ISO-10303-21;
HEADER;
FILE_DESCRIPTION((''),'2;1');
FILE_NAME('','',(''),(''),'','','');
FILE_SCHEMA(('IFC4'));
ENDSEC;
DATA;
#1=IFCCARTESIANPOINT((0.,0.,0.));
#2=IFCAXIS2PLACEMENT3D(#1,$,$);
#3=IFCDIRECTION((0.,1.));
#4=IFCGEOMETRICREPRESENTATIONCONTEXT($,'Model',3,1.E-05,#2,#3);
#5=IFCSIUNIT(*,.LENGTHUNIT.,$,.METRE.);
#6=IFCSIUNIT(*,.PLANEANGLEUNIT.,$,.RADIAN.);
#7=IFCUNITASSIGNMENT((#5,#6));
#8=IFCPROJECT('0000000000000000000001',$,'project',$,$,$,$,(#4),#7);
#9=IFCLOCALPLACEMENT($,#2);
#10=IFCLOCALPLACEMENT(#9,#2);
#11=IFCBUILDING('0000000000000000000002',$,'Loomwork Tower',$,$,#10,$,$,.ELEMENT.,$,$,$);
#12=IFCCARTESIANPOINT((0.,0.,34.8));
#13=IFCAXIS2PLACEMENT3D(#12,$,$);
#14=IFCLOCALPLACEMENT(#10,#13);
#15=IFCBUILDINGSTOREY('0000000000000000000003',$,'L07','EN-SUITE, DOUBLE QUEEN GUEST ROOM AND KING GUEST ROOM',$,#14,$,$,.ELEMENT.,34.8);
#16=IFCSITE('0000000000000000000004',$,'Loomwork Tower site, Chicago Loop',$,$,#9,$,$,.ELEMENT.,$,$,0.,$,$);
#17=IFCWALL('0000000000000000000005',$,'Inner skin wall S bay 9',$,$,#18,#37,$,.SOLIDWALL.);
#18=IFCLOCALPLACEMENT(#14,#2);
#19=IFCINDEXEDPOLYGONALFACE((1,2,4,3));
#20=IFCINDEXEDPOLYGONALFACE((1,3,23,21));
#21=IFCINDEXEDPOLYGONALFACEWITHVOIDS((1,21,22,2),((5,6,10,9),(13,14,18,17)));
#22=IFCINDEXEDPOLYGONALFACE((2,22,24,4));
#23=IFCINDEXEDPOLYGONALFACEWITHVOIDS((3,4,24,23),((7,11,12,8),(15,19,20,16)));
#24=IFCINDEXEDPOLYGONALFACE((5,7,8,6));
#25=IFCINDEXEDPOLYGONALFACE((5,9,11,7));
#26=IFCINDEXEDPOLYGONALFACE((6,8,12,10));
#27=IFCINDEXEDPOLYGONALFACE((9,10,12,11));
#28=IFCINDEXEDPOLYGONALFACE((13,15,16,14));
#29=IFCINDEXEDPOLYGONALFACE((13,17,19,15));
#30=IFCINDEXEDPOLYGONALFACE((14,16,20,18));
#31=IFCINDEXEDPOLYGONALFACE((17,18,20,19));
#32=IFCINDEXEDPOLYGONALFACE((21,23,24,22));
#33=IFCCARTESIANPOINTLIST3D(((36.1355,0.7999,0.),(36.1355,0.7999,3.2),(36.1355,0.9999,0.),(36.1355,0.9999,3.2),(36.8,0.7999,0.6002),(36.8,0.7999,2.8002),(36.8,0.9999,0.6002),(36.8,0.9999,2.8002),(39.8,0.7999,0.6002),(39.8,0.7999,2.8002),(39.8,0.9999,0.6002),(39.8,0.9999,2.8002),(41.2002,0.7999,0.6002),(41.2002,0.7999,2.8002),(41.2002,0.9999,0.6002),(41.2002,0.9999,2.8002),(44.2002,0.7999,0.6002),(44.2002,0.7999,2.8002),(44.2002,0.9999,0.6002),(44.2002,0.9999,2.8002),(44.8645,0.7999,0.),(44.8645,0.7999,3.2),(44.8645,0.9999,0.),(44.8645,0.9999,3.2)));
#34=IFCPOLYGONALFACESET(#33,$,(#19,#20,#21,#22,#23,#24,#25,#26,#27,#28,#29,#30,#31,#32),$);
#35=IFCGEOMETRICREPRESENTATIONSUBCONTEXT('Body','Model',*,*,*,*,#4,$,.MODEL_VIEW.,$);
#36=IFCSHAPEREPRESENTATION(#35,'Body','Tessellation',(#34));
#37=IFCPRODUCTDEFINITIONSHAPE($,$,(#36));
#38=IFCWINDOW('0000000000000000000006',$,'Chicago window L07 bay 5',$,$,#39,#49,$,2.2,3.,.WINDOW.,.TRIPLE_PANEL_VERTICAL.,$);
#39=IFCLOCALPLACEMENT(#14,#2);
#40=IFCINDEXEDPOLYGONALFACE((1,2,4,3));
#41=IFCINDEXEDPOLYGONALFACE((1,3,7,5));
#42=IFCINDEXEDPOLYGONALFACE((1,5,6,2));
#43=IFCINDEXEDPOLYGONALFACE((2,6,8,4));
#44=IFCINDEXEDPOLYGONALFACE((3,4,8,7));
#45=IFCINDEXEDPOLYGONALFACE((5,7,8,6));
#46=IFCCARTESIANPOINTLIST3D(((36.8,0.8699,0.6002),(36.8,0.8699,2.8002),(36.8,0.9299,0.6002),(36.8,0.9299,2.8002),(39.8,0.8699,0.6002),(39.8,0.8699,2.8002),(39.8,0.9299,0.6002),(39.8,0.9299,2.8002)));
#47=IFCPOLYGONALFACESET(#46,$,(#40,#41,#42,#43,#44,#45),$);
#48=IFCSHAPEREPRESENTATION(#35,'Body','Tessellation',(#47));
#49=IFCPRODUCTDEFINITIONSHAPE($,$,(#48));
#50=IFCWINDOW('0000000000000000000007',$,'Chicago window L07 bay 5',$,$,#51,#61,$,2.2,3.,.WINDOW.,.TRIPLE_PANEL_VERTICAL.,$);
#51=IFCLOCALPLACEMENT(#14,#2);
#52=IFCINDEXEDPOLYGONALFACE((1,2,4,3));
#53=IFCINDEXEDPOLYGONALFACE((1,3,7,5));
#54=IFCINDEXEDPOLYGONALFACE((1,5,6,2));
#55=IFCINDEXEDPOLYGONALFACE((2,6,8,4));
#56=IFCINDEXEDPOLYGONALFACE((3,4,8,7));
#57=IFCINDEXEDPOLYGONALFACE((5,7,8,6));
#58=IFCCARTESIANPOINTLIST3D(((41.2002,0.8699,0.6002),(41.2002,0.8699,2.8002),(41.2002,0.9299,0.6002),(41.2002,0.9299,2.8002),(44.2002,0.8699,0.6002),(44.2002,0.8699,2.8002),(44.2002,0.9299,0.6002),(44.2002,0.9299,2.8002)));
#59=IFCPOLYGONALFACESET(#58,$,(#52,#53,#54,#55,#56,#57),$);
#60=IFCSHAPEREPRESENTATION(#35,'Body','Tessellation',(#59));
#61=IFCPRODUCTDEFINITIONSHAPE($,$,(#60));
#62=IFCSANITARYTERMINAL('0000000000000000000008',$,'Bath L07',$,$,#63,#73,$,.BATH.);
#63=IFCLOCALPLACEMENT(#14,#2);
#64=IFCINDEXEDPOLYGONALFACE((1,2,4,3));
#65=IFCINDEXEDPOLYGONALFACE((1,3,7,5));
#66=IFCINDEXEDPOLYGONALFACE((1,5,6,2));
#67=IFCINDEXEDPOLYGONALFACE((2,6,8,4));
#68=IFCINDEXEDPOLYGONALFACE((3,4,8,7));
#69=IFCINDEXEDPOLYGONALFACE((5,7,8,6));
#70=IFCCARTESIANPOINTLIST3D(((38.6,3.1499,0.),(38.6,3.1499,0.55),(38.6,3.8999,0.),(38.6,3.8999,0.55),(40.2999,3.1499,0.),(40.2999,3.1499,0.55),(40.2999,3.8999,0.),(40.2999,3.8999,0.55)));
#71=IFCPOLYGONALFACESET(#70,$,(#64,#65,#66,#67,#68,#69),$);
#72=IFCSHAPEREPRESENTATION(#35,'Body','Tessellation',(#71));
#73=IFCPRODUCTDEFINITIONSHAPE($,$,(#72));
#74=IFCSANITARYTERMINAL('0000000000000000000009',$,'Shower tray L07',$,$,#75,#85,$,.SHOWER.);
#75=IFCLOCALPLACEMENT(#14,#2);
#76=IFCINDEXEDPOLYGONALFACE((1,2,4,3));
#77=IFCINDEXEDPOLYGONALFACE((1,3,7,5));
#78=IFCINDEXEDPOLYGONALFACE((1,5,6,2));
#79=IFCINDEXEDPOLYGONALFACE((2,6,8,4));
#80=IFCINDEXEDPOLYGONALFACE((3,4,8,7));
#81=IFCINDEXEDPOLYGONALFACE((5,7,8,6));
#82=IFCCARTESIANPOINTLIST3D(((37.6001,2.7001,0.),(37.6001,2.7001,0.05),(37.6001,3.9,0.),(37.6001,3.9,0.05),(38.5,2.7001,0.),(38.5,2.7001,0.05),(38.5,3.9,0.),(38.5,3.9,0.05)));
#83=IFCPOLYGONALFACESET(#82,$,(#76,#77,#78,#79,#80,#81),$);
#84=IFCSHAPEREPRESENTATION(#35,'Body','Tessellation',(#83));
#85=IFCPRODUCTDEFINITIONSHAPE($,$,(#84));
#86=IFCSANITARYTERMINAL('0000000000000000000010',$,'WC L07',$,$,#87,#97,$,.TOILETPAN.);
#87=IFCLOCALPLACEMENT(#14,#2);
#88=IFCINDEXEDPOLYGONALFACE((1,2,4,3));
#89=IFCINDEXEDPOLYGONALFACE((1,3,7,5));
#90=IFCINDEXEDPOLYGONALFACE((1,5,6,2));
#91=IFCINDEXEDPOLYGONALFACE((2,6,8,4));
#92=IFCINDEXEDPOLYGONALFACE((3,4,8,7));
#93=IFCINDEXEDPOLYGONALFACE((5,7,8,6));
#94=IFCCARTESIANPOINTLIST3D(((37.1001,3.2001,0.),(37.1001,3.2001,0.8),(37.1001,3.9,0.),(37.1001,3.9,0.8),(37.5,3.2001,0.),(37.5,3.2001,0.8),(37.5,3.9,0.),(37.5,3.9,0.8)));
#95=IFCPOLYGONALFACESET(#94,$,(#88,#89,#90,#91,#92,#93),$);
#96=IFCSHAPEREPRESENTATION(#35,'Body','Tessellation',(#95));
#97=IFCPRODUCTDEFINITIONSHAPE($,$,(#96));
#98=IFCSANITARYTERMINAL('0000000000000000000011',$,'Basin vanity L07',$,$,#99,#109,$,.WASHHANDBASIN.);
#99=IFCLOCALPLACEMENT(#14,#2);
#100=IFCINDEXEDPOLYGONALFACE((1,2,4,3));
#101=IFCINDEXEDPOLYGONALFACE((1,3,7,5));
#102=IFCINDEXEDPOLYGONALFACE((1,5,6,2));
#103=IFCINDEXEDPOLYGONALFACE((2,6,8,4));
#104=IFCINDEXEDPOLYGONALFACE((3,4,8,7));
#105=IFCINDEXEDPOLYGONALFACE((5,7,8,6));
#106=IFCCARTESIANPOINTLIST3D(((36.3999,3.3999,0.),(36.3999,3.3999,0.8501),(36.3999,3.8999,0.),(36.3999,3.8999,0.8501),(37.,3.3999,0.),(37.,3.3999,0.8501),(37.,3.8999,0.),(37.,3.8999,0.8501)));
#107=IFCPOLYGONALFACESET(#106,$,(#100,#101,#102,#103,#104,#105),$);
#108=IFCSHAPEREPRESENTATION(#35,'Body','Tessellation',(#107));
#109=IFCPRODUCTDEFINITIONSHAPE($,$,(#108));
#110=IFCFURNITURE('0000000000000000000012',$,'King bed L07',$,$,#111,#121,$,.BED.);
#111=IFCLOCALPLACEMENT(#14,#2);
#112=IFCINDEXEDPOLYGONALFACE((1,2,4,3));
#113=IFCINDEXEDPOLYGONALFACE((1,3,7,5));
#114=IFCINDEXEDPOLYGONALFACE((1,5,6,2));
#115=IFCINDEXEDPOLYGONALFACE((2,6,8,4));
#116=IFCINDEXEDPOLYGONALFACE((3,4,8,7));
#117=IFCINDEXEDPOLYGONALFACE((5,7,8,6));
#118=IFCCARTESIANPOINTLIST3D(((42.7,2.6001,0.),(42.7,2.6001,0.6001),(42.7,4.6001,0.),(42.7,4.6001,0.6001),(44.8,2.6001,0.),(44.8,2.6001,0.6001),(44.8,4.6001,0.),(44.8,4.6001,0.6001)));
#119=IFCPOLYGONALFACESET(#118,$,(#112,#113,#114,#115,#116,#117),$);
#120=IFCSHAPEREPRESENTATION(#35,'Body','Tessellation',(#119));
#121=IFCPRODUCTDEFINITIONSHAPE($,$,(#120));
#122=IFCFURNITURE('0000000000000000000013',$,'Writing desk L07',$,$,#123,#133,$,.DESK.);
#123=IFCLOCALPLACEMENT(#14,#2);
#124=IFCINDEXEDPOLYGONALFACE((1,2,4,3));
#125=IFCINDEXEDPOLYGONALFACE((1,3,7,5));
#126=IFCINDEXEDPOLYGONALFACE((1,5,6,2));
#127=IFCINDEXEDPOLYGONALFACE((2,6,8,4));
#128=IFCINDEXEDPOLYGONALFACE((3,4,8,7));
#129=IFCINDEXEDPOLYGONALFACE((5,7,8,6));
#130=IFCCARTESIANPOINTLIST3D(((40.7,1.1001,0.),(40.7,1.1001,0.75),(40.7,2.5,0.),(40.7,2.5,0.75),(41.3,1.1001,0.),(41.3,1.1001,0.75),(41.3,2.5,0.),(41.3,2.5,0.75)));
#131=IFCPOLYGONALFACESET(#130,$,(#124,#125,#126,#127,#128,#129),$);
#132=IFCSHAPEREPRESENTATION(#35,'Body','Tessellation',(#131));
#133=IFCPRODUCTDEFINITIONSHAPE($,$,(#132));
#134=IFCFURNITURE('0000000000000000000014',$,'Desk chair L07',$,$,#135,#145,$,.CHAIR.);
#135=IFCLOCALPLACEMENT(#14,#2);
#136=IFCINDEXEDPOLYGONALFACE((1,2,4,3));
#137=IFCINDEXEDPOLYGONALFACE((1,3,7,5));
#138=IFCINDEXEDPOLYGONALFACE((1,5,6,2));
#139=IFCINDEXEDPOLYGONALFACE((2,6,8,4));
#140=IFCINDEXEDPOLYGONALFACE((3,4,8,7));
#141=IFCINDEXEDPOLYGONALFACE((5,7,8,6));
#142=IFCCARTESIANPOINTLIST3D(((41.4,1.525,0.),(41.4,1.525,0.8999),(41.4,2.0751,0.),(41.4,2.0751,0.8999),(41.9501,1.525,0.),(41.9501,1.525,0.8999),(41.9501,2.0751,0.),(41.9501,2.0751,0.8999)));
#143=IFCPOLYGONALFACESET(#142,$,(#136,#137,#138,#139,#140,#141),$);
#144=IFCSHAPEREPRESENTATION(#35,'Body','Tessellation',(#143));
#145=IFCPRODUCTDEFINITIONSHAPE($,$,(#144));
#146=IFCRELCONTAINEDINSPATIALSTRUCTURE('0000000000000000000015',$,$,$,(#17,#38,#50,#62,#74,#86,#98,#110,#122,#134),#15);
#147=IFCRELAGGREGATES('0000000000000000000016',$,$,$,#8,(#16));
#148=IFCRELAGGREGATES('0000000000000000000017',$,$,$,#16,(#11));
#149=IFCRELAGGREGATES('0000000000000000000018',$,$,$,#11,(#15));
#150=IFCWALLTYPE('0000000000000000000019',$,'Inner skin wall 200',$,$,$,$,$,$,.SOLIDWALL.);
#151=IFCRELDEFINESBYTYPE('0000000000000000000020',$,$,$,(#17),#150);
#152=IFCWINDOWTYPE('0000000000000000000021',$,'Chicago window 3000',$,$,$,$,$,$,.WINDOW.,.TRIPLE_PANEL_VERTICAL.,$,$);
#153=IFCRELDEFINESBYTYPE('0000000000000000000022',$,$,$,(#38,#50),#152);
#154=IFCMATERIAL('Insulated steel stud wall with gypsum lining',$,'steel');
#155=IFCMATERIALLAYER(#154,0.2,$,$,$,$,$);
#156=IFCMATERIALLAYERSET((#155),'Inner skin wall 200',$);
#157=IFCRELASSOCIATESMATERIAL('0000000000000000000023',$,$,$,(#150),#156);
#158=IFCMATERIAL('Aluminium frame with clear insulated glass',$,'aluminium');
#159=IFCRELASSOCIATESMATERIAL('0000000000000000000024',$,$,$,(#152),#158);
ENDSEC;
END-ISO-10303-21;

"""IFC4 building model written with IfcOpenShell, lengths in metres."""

from ifc_helpers import new_model, si_unit, direction, frame, frame_2d, origin, origin_2d, place, context, subcontext, project, spatial, rectangle, extrude, material, layer, layer_set, type_object, element, fill, save


model = new_model("IFC4")

# Units and contexts
model_context = context("Model", 3, precision=1e-05, world=origin(), true_north=direction((0.0, 1.0)))
body_context = subcontext(model_context, "Body", "Model", "MODEL_VIEW")
ifc_project = project(units=[si_unit("LENGTHUNIT", "METRE"), si_unit("PLANEANGLEUNIT", "RADIAN")], contexts=[model_context])

# Site, building, storey
site_placement = place(None, origin())
site = spatial("IfcSite", under=ifc_project, at=site_placement, Name="Loomwork Tower site, Chicago Loop", CompositionType="ELEMENT", RefElevation=0.0)
building_placement = place(site_placement, origin())
building = spatial("IfcBuilding", under=site, at=building_placement, Name="Loomwork Tower", CompositionType="ELEMENT")
storey_placement = place(building_placement, frame((0.0, 0.0, 34.8)))
storey = spatial("IfcBuildingStorey", under=building, at=storey_placement, Name="L07", Description="EN-SUITE, DOUBLE QUEEN GUEST ROOM AND KING GUEST ROOM", CompositionType="ELEMENT", Elevation=34.8)

# Wall, openings, windows
ifc_material_1 = material(Name="Insulated steel stud wall with gypsum lining", Category="steel")
ifc_layer_1 = layer(ifc_material_1, 0.2)
ifc_layer_set_1 = layer_set([ifc_layer_1], Name="Inner skin wall 200")
wall_type_1 = type_object("IfcWallType", Name="Inner skin wall 200", PredefinedType="SOLIDWALL", material=ifc_layer_set_1)
wall_1_placement = place(storey_placement, frame((36.1355, 0.8999, 0.0), z_axis=(0.0, 0.0, 1.0), x_axis=(1.0, 0.0, 0.0)))
wall_1 = element("IfcWall", 1, at=wall_1_placement, inside=storey, type_object=wall_type_1, Name="Inner skin wall S bay 9", PredefinedType="SOLIDWALL", context=body_context, shape_type="SweptSolid", body=[
    extrude(rectangle(XDim=8.729, YDim=0.2, at=frame_2d((4.3645, 0.0))), origin(), (0.0, 0.0, 1.0), 3.2),
])
opening_1_placement = place(wall_1_placement, frame((0.6646, 0.0, 0.6001)))
opening_1 = element("IfcOpeningElement", 2, at=opening_1_placement, cuts=wall_1, PredefinedType="OPENING", context=body_context, shape_type="SweptSolid", body=[
    extrude(rectangle(XDim=3.0, YDim=2.2, at=frame_2d((1.5, 1.1001))), frame((0.0, 0.1099, 0.0), z_axis=(0.0, -1.0, 0.0), x_axis=(1.0, 0.0, 0.0)), (0.0, 0.0, 1.0), 0.22),
])
opening_2_placement = place(wall_1_placement, frame((5.0647, 0.0, 0.6001)))
opening_2 = element("IfcOpeningElement", 3, at=opening_2_placement, cuts=wall_1, PredefinedType="OPENING", context=body_context, shape_type="SweptSolid", body=[
    extrude(rectangle(XDim=3.0, YDim=2.2, at=frame_2d((1.5, 1.1001))), frame((0.0, 0.1099, 0.0), z_axis=(0.0, -1.0, 0.0), x_axis=(1.0, 0.0, 0.0)), (0.0, 0.0, 1.0), 0.22),
])
ifc_material_2 = material(Name="Aluminium frame with clear insulated glass", Category="aluminium")
window_type = type_object("IfcWindowType", Name="Chicago window 3000", PartitioningType="TRIPLE_PANEL_VERTICAL", PredefinedType="WINDOW", material=ifc_material_2)
window_1_placement = place(opening_1_placement, origin())
window_1 = element("IfcWindow", 4, at=window_1_placement, inside=storey, type_object=window_type, Name="Chicago window L07 bay 5", OverallHeight=2.2, OverallWidth=3.0, PartitioningType="TRIPLE_PANEL_VERTICAL", PredefinedType="WINDOW", context=body_context, shape_type="SweptSolid", body=[
    extrude(rectangle(XDim=3.0, YDim=2.2, at=frame_2d((1.5, 1.1001))), frame((0.0, 0.03, 0.0), z_axis=(0.0, -1.0, 0.0), x_axis=(1.0, 0.0, 0.0)), (0.0, 0.0, 1.0), 0.0601),
])
fill(opening_1, window_1)
window_2_placement = place(opening_2_placement, origin())
window_2 = element("IfcWindow", 5, at=window_2_placement, inside=storey, type_object=window_type, Name="Chicago window L07 bay 5", OverallHeight=2.2, OverallWidth=3.0, PartitioningType="TRIPLE_PANEL_VERTICAL", PredefinedType="WINDOW", context=body_context, shape_type="SweptSolid", body=[
    extrude(rectangle(XDim=3.0, YDim=2.2, at=frame_2d((1.5, 1.1001))), frame((0.0, 0.03, 0.0), z_axis=(0.0, -1.0, 0.0), x_axis=(1.0, 0.0, 0.0)), (0.0, 0.0, 1.0), 0.0601),
])
fill(opening_2, window_2)

# Sanitary terminals
sanitary_terminal_1_placement = place(storey_placement, frame((39.45, 3.5249, 0.0), z_axis=(0.0, 0.0, 1.0), x_axis=(1.0, 0.0, 0.0)))
element("IfcSanitaryTerminal", 6, at=sanitary_terminal_1_placement, inside=storey, Name="Bath L07", PredefinedType="BATH", context=body_context, shape_type="SweptSolid", body=[
    extrude(rectangle(XDim=1.7, YDim=0.75, at=origin_2d()), origin(), (0.0, 0.0, 1.0), 0.55),
])
sanitary_terminal_2_placement = place(storey_placement, frame((38.05, 3.3, 0.0), z_axis=(0.0, 0.0, 1.0), x_axis=(1.0, 0.0, 0.0)))
element("IfcSanitaryTerminal", 7, at=sanitary_terminal_2_placement, inside=storey, Name="Shower tray L07", PredefinedType="SHOWER", context=body_context, shape_type="SweptSolid", body=[
    extrude(rectangle(XDim=0.8999, YDim=1.2, at=origin_2d()), origin(), (0.0, 0.0, 1.0), 0.05),
])
sanitary_terminal_3_placement = place(storey_placement, frame((37.3, 3.55, 0.0), z_axis=(0.0, 0.0, 1.0), x_axis=(1.0, 0.0, 0.0)))
element("IfcSanitaryTerminal", 8, at=sanitary_terminal_3_placement, inside=storey, Name="WC L07", PredefinedType="TOILETPAN", context=body_context, shape_type="SweptSolid", body=[
    extrude(rectangle(XDim=0.3999, YDim=0.7, at=origin_2d()), origin(), (0.0, 0.0, 1.0), 0.8),
])
sanitary_terminal_4_placement = place(storey_placement, frame((36.7, 3.6499, 0.0), z_axis=(0.0, 0.0, 1.0), x_axis=(1.0, 0.0, 0.0)))
element("IfcSanitaryTerminal", 9, at=sanitary_terminal_4_placement, inside=storey, Name="Basin vanity L07", PredefinedType="WASHHANDBASIN", context=body_context, shape_type="SweptSolid", body=[
    extrude(rectangle(XDim=0.6001, YDim=0.5, at=origin_2d()), origin(), (0.0, 0.0, 1.0), 0.8501),
])

# Furniture
furniture_1_placement = place(storey_placement, frame((43.75, 3.6001, 0.0), z_axis=(0.0, 0.0, 1.0), x_axis=(1.0, 0.0, 0.0)))
element("IfcFurniture", 10, at=furniture_1_placement, inside=storey, Name="King bed L07", PredefinedType="BED", context=body_context, shape_type="SweptSolid", body=[
    extrude(rectangle(XDim=2.1001, YDim=2.0, at=origin_2d()), origin(), (0.0, 0.0, 1.0), 0.6001),
])
furniture_2_placement = place(storey_placement, frame((41.0, 1.8, 0.0), z_axis=(0.0, 0.0, 1.0), x_axis=(1.0, 0.0, 0.0)))
element("IfcFurniture", 11, at=furniture_2_placement, inside=storey, Name="Writing desk L07", PredefinedType="DESK", context=body_context, shape_type="SweptSolid", body=[
    extrude(rectangle(XDim=0.6001, YDim=1.3999, at=origin_2d()), origin(), (0.0, 0.0, 1.0), 0.75),
])
furniture_3_placement = place(storey_placement, frame((41.675, 1.8, 0.0), z_axis=(0.0, 0.0, 1.0), x_axis=(1.0, 0.0, 0.0)))
element("IfcFurniture", 12, at=furniture_3_placement, inside=storey, Name="Desk chair L07", PredefinedType="CHAIR", context=body_context, shape_type="SweptSolid", body=[
    extrude(rectangle(XDim=0.55, YDim=0.55, at=origin_2d()), origin(), (0.0, 0.0, 1.0), 0.8999),
])

save(model, "model.ifc")
